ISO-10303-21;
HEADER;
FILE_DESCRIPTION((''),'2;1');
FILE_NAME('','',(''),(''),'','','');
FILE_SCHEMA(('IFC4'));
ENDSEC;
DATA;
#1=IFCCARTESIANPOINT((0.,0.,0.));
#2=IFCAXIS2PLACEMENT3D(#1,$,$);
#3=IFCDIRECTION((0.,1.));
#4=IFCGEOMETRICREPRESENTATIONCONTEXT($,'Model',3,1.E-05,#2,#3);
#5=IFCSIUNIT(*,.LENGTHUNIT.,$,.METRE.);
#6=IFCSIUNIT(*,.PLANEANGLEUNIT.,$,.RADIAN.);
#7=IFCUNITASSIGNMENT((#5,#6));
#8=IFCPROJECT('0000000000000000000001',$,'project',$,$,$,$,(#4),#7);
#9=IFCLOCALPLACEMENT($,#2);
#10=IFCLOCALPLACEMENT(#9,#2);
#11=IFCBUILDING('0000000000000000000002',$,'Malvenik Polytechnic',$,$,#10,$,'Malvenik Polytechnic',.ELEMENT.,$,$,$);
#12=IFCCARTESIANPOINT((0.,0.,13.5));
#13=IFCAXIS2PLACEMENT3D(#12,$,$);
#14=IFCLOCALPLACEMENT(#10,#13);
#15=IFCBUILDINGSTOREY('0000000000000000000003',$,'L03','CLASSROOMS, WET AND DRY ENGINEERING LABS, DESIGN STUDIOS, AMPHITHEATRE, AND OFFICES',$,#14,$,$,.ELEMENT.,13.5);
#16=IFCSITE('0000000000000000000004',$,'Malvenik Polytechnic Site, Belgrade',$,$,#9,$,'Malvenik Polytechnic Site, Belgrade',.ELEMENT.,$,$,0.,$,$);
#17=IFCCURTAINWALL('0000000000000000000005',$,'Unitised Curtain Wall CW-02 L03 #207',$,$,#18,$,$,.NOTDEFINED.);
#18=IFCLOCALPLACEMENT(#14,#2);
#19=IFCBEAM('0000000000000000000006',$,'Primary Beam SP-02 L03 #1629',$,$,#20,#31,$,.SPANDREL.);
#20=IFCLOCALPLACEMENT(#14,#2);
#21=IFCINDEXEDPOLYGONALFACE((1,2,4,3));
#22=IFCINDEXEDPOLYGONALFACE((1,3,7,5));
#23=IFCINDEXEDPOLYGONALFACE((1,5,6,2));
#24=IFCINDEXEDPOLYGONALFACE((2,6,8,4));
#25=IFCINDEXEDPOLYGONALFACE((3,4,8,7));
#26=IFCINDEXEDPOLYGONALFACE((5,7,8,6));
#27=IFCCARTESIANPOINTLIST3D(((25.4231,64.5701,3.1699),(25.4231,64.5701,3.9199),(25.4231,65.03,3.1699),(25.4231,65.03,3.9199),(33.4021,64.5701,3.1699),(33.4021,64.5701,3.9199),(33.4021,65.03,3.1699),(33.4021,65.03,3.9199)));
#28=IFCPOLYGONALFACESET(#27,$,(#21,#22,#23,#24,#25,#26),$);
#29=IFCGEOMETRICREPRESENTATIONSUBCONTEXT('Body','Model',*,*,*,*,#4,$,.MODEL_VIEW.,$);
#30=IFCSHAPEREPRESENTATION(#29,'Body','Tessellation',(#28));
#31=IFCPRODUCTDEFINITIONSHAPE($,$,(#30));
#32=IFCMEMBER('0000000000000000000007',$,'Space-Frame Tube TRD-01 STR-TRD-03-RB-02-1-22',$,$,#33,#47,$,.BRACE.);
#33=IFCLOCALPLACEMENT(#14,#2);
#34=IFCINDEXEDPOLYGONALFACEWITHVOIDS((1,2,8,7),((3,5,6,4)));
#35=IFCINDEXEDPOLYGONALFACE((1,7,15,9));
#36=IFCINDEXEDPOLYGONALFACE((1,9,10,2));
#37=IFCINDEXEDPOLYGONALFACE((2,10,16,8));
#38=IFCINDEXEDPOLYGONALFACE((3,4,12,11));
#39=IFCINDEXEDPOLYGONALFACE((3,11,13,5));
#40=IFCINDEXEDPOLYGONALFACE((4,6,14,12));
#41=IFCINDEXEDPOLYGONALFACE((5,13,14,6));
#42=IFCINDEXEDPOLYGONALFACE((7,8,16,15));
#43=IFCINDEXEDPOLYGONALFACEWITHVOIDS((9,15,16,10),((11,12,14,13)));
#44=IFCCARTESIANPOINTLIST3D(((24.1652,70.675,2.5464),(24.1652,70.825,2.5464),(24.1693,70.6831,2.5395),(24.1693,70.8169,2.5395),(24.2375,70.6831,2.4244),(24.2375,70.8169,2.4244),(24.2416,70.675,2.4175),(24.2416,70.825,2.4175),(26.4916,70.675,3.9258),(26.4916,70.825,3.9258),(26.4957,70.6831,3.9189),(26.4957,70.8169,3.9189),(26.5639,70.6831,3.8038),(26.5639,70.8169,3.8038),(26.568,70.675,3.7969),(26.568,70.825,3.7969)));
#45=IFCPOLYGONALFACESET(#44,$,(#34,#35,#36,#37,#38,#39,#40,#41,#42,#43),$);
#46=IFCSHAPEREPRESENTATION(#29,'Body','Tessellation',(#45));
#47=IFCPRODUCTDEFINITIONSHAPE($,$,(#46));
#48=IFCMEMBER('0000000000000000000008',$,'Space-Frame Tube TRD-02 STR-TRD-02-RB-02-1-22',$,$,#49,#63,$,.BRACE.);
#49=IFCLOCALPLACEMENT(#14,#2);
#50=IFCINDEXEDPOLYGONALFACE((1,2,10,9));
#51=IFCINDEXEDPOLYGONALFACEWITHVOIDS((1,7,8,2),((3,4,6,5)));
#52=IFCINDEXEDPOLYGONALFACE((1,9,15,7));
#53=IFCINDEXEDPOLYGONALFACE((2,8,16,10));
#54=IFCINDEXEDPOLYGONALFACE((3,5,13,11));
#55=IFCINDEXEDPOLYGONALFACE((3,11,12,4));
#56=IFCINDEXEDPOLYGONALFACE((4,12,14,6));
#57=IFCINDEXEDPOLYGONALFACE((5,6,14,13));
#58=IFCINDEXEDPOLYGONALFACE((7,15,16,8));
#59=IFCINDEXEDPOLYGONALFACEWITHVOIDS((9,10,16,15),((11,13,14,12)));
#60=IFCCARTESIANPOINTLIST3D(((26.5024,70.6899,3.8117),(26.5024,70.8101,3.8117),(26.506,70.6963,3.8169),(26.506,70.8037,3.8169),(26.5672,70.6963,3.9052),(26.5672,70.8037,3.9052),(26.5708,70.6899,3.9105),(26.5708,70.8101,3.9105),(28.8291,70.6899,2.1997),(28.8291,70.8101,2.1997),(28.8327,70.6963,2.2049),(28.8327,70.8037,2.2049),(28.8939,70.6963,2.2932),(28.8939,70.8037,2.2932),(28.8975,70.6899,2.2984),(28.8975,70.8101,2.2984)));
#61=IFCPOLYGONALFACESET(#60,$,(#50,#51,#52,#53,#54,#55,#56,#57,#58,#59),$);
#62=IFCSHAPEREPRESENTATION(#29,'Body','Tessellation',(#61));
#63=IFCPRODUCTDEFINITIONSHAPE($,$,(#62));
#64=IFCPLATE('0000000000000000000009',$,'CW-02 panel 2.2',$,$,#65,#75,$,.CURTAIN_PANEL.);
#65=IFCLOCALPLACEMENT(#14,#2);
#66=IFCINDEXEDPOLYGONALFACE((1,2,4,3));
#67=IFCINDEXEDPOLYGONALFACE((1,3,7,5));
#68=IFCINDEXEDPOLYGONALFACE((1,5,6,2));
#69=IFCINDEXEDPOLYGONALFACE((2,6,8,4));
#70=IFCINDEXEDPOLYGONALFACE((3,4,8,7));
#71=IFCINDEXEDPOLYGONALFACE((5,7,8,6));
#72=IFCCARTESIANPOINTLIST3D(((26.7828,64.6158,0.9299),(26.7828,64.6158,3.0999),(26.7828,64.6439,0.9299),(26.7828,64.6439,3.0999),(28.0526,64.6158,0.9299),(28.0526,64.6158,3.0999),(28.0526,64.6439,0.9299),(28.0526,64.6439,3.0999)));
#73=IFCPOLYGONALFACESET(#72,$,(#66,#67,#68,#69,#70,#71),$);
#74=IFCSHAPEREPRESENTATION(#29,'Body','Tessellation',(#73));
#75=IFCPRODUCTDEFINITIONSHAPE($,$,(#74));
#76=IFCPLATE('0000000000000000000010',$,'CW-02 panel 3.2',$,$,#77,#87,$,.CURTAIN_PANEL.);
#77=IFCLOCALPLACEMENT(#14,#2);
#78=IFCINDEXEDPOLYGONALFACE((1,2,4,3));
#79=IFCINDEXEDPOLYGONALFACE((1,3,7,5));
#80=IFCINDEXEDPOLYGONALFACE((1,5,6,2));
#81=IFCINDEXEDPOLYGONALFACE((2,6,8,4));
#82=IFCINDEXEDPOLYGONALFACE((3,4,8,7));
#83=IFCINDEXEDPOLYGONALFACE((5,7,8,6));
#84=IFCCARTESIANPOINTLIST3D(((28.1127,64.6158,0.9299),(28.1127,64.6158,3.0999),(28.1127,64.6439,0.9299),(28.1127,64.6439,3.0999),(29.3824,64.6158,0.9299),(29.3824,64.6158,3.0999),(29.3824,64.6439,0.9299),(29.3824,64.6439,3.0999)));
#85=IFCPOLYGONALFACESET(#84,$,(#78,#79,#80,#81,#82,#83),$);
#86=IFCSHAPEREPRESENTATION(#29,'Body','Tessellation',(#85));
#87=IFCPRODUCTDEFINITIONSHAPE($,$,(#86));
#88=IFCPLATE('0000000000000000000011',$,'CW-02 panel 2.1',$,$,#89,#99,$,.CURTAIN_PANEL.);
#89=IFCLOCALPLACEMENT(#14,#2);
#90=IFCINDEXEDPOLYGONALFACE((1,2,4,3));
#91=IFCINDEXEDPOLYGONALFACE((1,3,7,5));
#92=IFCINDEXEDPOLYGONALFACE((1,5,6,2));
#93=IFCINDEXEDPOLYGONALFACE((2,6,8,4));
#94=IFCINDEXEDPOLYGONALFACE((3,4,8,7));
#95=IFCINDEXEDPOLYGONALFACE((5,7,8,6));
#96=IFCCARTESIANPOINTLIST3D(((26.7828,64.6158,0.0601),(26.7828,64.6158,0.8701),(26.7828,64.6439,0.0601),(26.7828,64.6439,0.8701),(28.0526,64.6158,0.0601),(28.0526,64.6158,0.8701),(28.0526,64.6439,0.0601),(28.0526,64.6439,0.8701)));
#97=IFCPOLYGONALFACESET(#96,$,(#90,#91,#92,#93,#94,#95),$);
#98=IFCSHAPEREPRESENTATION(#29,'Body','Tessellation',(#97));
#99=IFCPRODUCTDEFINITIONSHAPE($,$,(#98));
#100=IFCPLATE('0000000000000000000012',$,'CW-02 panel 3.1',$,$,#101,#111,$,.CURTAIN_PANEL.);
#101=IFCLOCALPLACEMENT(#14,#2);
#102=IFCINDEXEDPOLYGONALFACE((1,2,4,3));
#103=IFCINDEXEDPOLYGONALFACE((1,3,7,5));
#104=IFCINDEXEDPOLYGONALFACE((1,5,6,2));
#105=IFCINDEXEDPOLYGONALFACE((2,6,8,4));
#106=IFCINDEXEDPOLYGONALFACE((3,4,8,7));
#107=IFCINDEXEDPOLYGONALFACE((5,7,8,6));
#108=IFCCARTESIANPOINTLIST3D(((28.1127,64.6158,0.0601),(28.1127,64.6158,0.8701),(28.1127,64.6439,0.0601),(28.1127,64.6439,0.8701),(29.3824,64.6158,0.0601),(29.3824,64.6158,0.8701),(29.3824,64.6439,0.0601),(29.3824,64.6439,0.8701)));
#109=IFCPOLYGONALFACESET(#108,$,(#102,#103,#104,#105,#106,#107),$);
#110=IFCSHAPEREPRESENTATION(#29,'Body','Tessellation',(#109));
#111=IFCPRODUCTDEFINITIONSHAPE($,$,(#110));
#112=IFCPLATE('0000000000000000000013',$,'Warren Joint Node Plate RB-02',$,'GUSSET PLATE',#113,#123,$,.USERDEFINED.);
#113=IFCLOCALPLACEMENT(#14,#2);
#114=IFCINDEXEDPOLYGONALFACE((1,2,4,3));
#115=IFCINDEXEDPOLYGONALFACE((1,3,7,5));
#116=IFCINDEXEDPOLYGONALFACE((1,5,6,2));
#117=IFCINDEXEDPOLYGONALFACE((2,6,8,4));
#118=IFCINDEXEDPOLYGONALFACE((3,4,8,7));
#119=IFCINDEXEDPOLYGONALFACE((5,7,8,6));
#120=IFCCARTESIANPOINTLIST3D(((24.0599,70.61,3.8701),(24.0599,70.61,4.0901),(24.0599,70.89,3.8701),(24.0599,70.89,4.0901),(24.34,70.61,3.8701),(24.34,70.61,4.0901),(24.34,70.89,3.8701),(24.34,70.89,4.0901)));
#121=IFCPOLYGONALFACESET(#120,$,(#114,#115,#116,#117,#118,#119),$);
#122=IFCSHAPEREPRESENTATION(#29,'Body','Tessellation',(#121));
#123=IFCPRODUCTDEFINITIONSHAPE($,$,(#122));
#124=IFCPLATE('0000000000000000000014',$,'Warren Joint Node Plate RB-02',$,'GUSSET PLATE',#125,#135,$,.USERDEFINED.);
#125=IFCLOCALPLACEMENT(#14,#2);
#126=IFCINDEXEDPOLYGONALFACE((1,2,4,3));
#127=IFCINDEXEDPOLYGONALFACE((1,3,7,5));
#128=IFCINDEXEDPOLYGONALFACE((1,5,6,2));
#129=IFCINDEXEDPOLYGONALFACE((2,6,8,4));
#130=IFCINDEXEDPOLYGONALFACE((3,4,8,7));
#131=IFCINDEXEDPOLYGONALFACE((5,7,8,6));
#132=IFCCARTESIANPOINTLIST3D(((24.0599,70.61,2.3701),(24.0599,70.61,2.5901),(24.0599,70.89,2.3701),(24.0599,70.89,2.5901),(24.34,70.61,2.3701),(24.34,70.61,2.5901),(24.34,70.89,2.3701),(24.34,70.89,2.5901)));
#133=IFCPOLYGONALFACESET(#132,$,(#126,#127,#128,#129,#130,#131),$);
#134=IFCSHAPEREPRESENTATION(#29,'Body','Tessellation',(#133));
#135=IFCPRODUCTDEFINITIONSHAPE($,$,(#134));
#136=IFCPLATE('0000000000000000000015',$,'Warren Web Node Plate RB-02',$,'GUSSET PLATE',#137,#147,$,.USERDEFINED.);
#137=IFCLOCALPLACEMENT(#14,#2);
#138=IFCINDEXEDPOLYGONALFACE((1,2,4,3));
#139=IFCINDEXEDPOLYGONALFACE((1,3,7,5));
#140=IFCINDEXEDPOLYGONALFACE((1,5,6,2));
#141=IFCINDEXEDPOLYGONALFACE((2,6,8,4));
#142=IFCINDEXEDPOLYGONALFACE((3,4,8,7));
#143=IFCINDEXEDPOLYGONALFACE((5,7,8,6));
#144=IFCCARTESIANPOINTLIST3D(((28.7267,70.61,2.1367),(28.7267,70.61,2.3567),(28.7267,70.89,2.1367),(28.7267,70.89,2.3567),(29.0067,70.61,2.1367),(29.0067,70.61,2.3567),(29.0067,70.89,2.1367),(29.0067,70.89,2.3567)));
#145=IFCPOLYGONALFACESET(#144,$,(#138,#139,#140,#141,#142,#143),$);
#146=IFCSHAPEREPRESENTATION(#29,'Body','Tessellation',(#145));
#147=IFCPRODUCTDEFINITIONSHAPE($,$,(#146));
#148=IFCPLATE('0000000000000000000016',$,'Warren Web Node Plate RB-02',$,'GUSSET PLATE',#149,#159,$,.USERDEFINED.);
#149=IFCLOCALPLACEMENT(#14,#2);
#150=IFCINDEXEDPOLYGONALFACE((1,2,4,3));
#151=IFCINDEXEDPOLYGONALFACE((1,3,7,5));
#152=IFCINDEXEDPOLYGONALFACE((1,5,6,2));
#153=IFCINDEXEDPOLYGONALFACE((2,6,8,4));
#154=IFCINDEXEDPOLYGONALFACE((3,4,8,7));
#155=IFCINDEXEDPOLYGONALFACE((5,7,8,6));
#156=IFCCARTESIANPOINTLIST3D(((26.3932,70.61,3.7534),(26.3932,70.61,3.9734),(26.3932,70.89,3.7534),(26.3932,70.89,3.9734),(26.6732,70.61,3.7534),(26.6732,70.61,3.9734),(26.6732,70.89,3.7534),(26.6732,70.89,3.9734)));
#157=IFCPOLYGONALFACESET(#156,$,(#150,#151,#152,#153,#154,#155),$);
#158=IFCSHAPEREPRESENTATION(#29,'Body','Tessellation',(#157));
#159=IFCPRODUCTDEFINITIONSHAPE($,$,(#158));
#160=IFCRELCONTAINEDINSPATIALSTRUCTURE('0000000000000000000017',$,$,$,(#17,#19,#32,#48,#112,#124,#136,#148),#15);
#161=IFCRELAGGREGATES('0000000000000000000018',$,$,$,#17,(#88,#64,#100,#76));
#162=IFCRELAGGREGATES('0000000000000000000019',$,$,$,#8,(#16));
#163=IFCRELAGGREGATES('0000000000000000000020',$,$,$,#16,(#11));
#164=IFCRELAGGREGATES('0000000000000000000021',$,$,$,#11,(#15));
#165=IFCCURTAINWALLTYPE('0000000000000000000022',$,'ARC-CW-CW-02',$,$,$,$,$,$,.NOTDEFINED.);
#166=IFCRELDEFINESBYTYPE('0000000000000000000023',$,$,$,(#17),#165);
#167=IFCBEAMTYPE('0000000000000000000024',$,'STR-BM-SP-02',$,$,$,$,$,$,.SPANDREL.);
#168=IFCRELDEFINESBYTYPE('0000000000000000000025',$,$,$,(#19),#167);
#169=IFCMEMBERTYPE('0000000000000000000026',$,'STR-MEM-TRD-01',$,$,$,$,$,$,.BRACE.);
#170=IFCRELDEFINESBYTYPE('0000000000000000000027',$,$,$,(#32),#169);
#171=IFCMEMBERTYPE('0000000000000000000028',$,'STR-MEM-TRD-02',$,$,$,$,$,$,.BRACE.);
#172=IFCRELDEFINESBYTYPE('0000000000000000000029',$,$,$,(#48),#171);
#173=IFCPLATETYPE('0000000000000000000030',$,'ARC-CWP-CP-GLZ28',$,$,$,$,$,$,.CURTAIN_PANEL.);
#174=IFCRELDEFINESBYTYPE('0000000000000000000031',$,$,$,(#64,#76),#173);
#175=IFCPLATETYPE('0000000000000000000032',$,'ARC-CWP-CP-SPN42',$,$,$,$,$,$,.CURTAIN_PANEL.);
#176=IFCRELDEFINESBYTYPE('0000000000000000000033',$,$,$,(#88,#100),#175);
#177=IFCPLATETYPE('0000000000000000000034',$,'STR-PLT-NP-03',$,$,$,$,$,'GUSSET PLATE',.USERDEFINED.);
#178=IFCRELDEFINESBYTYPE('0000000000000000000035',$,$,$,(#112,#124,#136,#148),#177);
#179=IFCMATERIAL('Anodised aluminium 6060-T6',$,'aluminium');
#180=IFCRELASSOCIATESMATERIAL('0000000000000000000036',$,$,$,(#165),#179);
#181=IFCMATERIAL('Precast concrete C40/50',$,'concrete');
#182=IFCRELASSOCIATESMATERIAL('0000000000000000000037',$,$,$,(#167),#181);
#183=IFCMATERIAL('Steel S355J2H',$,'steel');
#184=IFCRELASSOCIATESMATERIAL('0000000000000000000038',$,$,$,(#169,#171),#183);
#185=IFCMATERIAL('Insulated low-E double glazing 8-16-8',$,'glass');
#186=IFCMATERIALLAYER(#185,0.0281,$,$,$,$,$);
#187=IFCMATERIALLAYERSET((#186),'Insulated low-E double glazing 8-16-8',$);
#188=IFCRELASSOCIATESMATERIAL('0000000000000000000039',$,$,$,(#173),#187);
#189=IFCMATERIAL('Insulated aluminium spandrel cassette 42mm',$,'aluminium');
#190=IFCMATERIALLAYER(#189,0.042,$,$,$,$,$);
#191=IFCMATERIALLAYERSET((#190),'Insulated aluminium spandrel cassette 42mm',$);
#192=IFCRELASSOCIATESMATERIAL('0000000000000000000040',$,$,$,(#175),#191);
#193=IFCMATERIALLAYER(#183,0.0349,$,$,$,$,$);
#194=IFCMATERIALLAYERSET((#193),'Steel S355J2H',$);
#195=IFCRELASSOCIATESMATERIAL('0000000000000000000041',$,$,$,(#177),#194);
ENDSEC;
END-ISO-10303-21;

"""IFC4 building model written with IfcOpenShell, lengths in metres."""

from ifc_helpers import new_model, si_unit, direction, frame, origin, origin_2d, place, context, subcontext, project, spatial, rectangle, hollow_rectangle, extrude, material, layer, layer_set, material_profile, profile_set, type_object, element, aggregate, save


model = new_model("IFC4")

# Units and contexts
model_context = context("Model", 3, precision=1e-05, world=origin(), true_north=direction((0.0, 1.0)))
body_context = subcontext(model_context, "Body", "Model", "MODEL_VIEW")
ifc_project = project(units=[si_unit("LENGTHUNIT", "METRE"), si_unit("PLANEANGLEUNIT", "RADIAN")], contexts=[model_context])

# Site, building, storey
site_placement = place(None, origin())
site = spatial("IfcSite", under=ifc_project, at=site_placement, Name="Malvenik Polytechnic Site, Belgrade", LongName="Malvenik Polytechnic Site, Belgrade", CompositionType="ELEMENT", RefElevation=0.0)
building_placement = place(site_placement, origin())
building = spatial("IfcBuilding", under=site, at=building_placement, Name="Malvenik Polytechnic", LongName="Malvenik Polytechnic", CompositionType="ELEMENT")
storey_placement = place(building_placement, frame((0.0, 0.0, 13.5)))
storey = spatial("IfcBuildingStorey", under=building, at=storey_placement, Name="L03", Description="CLASSROOMS, WET AND DRY ENGINEERING LABS, DESIGN STUDIOS, AMPHITHEATRE, AND OFFICES", CompositionType="ELEMENT", Elevation=13.5)

# Shared definitions
ifc_material_1 = material(Name="Steel S355J2H", Category="steel")

# Curtain wall
ifc_material_2 = material(Name="Anodised aluminium 6060-T6", Category="aluminium")
curtain_wall_type = type_object("IfcCurtainWallType", Name="ARC-CW-CW-02", PredefinedType="NOTDEFINED", material=ifc_material_2)
curtain_wall_placement = place(storey_placement, origin())
curtain_wall = element("IfcCurtainWall", 1, at=curtain_wall_placement, inside=storey, type_object=curtain_wall_type, Name="Unitised Curtain Wall CW-02 L03 #207", PredefinedType="NOTDEFINED")

# Beam
ifc_material_3 = material(Name="Precast concrete C40/50", Category="concrete")
ifc_material_profile_1 = material_profile(ifc_material_3, rectangle(XDim=0.46, YDim=0.75, at=origin_2d()), Name="PC SPN 460x750")
ifc_profile_set_1 = profile_set([ifc_material_profile_1], Name="Precast concrete C40/50")
beam_type_1 = type_object("IfcBeamType", Name="STR-BM-SP-02", PredefinedType="SPANDREL", material=ifc_profile_set_1)
for number, where, z_axis, x_axis, name in (
    (2, (25.4231, 64.8, 3.5449), (1.0, 0.0, 0.0), (0.0, 1.0, 0.0), "Primary Beam SP-02 L03 #1629"),
):
    element("IfcBeam", number, at=place(storey_placement, frame(where, z_axis=z_axis, x_axis=x_axis)), inside=storey, type_object=beam_type_1, Name=name, PredefinedType="SPANDREL", context=body_context, shape_type="SweptSolid", body=[
        extrude(rectangle(XDim=0.46, YDim=0.75, at=origin_2d()), origin(), (0.0, 0.0, 1.0), 7.979),
    ])

# Members
ifc_material_profile_2 = material_profile(ifc_material_1, hollow_rectangle(XDim=0.1499, YDim=0.1499, WallThickness=0.0081, at=origin_2d()), Name="SHS 150x150x8.0")
ifc_profile_set_2 = profile_set([ifc_material_profile_2], Name="Steel S355J2H")
member_type_1 = type_object("IfcMemberType", Name="STR-MEM-TRD-01", PredefinedType="BRACE", material=ifc_profile_set_2)
member_1_placement = place(storey_placement, frame((26.5298, 70.75, 3.8613), z_axis=(-0.860165, 0.0, -0.510015), x_axis=(0.0, -1.0, 0.0)))
element("IfcMember", 3, at=member_1_placement, inside=storey, type_object=member_type_1, Name="Space-Frame Tube TRD-01 STR-TRD-03-RB-02-1-22", PredefinedType="BRACE", context=body_context, shape_type="SweptSolid", body=[
    extrude(hollow_rectangle(XDim=0.1499, YDim=0.1499, WallThickness=0.0081, at=origin_2d()), origin(), (0.0, 0.0, 1.0), 2.7046),
])
ifc_material_profile_3 = material_profile(ifc_material_1, hollow_rectangle(XDim=0.1201, YDim=0.1201, WallThickness=0.0063, at=origin_2d()), Name="SHS 120x120x6.3")
ifc_profile_set_3 = profile_set([ifc_material_profile_3], Name="Steel S355J2H")
member_type_2 = type_object("IfcMemberType", Name="STR-MEM-TRD-02", PredefinedType="BRACE", material=ifc_profile_set_3)
member_2_placement = place(storey_placement, frame((28.8633, 70.75, 2.249), z_axis=(-0.821978, 0.0, 0.569519), x_axis=(0.0, -1.0, 0.0)))
element("IfcMember", 4, at=member_2_placement, inside=storey, type_object=member_type_2, Name="Space-Frame Tube TRD-02 STR-TRD-02-RB-02-1-22", PredefinedType="BRACE", context=body_context, shape_type="SweptSolid", body=[
    extrude(hollow_rectangle(XDim=0.1201, YDim=0.1201, WallThickness=0.0063, at=origin_2d()), origin(), (0.0, 0.0, 1.0), 2.8306),
])

# Plates
ifc_material_4 = material(Name="Insulated low-E double glazing 8-16-8", Category="glass")
ifc_layer_1 = layer(ifc_material_4, 0.0281)
ifc_layer_set_1 = layer_set([ifc_layer_1], Name="Insulated low-E double glazing 8-16-8")
plate_type_1 = type_object("IfcPlateType", Name="ARC-CWP-CP-GLZ28", PredefinedType="CURTAIN_PANEL", material=ifc_layer_set_1)
plate_1_placement = place(storey_placement, frame((27.4177, 64.6299, 0.9299), z_axis=(0.0, 0.0, 1.0), x_axis=(1.0, 0.0, 0.0)))
plate_1 = element("IfcPlate", 5, at=plate_1_placement, type_object=plate_type_1, Name="CW-02 panel 2.2", PredefinedType="CURTAIN_PANEL", context=body_context, shape_type="SweptSolid", body=[
    extrude(rectangle(XDim=1.2698, YDim=0.0281, at=origin_2d()), origin(), (0.0, 0.0, 1.0), 2.1699),
])
plate_2_placement = place(storey_placement, frame((28.7476, 64.6299, 0.9299), z_axis=(0.0, 0.0, 1.0), x_axis=(1.0, 0.0, 0.0)))
plate_2 = element("IfcPlate", 6, at=plate_2_placement, type_object=plate_type_1, Name="CW-02 panel 3.2", PredefinedType="CURTAIN_PANEL", context=body_context, shape_type="SweptSolid", body=[
    extrude(rectangle(XDim=1.2698, YDim=0.0281, at=origin_2d()), origin(), (0.0, 0.0, 1.0), 2.1699),
])
ifc_material_5 = material(Name="Insulated aluminium spandrel cassette 42mm", Category="aluminium")
ifc_layer_2 = layer(ifc_material_5, 0.042)
ifc_layer_set_2 = layer_set([ifc_layer_2], Name="Insulated aluminium spandrel cassette 42mm")
plate_type_2 = type_object("IfcPlateType", Name="ARC-CWP-CP-SPN42", PredefinedType="CURTAIN_PANEL", material=ifc_layer_set_2)
plate_3_placement = place(storey_placement, frame((27.4177, 64.6299, 0.0601), z_axis=(0.0, 0.0, 1.0), x_axis=(1.0, 0.0, 0.0)))
plate_3 = element("IfcPlate", 7, at=plate_3_placement, type_object=plate_type_2, Name="CW-02 panel 2.1", PredefinedType="CURTAIN_PANEL", context=body_context, shape_type="SweptSolid", body=[
    extrude(rectangle(XDim=1.2698, YDim=0.0281, at=origin_2d()), origin(), (0.0, 0.0, 1.0), 0.8101),
])
plate_4_placement = place(storey_placement, frame((28.7476, 64.6299, 0.0601), z_axis=(0.0, 0.0, 1.0), x_axis=(1.0, 0.0, 0.0)))
plate_4 = element("IfcPlate", 8, at=plate_4_placement, type_object=plate_type_2, Name="CW-02 panel 3.1", PredefinedType="CURTAIN_PANEL", context=body_context, shape_type="SweptSolid", body=[
    extrude(rectangle(XDim=1.2698, YDim=0.0281, at=origin_2d()), origin(), (0.0, 0.0, 1.0), 0.8101),
])
aggregate(curtain_wall, [plate_3, plate_1, plate_4, plate_2])

# Plates
ifc_layer_3 = layer(ifc_material_1, 0.0349)
ifc_layer_set_3 = layer_set([ifc_layer_3], Name="Steel S355J2H")
plate_type_3 = type_object("IfcPlateType", Name="STR-PLT-NP-03", ElementType="GUSSET PLATE", PredefinedType="USERDEFINED", material=ifc_layer_set_3)
for number, where, z_axis, x_axis, name in (
    (9, (24.2, 70.75, 3.8701), (0.0, 0.0, 1.0), (1.0, 0.0, 0.0), "Warren Joint Node Plate RB-02"),
    (10, (24.2, 70.75, 2.3701), (0.0, 0.0, 1.0), (1.0, 0.0, 0.0), "Warren Joint Node Plate RB-02"),
    (11, (28.8667, 70.75, 2.1367), (0.0, 0.0, 1.0), (1.0, 0.0, 0.0), "Warren Web Node Plate RB-02"),
    (12, (26.5332, 70.75, 3.7534), (0.0, 0.0, 1.0), (1.0, 0.0, 0.0), "Warren Web Node Plate RB-02"),
):
    element("IfcPlate", number, at=place(storey_placement, frame(where, z_axis=z_axis, x_axis=x_axis)), inside=storey, type_object=plate_type_3, Name=name, ObjectType="GUSSET PLATE", PredefinedType="USERDEFINED", context=body_context, shape_type="SweptSolid", body=[
        extrude(rectangle(XDim=0.28, YDim=0.28, at=origin_2d()), origin(), (0.0, 0.0, 1.0), 0.22),
    ])

save(model, "model.ifc")
